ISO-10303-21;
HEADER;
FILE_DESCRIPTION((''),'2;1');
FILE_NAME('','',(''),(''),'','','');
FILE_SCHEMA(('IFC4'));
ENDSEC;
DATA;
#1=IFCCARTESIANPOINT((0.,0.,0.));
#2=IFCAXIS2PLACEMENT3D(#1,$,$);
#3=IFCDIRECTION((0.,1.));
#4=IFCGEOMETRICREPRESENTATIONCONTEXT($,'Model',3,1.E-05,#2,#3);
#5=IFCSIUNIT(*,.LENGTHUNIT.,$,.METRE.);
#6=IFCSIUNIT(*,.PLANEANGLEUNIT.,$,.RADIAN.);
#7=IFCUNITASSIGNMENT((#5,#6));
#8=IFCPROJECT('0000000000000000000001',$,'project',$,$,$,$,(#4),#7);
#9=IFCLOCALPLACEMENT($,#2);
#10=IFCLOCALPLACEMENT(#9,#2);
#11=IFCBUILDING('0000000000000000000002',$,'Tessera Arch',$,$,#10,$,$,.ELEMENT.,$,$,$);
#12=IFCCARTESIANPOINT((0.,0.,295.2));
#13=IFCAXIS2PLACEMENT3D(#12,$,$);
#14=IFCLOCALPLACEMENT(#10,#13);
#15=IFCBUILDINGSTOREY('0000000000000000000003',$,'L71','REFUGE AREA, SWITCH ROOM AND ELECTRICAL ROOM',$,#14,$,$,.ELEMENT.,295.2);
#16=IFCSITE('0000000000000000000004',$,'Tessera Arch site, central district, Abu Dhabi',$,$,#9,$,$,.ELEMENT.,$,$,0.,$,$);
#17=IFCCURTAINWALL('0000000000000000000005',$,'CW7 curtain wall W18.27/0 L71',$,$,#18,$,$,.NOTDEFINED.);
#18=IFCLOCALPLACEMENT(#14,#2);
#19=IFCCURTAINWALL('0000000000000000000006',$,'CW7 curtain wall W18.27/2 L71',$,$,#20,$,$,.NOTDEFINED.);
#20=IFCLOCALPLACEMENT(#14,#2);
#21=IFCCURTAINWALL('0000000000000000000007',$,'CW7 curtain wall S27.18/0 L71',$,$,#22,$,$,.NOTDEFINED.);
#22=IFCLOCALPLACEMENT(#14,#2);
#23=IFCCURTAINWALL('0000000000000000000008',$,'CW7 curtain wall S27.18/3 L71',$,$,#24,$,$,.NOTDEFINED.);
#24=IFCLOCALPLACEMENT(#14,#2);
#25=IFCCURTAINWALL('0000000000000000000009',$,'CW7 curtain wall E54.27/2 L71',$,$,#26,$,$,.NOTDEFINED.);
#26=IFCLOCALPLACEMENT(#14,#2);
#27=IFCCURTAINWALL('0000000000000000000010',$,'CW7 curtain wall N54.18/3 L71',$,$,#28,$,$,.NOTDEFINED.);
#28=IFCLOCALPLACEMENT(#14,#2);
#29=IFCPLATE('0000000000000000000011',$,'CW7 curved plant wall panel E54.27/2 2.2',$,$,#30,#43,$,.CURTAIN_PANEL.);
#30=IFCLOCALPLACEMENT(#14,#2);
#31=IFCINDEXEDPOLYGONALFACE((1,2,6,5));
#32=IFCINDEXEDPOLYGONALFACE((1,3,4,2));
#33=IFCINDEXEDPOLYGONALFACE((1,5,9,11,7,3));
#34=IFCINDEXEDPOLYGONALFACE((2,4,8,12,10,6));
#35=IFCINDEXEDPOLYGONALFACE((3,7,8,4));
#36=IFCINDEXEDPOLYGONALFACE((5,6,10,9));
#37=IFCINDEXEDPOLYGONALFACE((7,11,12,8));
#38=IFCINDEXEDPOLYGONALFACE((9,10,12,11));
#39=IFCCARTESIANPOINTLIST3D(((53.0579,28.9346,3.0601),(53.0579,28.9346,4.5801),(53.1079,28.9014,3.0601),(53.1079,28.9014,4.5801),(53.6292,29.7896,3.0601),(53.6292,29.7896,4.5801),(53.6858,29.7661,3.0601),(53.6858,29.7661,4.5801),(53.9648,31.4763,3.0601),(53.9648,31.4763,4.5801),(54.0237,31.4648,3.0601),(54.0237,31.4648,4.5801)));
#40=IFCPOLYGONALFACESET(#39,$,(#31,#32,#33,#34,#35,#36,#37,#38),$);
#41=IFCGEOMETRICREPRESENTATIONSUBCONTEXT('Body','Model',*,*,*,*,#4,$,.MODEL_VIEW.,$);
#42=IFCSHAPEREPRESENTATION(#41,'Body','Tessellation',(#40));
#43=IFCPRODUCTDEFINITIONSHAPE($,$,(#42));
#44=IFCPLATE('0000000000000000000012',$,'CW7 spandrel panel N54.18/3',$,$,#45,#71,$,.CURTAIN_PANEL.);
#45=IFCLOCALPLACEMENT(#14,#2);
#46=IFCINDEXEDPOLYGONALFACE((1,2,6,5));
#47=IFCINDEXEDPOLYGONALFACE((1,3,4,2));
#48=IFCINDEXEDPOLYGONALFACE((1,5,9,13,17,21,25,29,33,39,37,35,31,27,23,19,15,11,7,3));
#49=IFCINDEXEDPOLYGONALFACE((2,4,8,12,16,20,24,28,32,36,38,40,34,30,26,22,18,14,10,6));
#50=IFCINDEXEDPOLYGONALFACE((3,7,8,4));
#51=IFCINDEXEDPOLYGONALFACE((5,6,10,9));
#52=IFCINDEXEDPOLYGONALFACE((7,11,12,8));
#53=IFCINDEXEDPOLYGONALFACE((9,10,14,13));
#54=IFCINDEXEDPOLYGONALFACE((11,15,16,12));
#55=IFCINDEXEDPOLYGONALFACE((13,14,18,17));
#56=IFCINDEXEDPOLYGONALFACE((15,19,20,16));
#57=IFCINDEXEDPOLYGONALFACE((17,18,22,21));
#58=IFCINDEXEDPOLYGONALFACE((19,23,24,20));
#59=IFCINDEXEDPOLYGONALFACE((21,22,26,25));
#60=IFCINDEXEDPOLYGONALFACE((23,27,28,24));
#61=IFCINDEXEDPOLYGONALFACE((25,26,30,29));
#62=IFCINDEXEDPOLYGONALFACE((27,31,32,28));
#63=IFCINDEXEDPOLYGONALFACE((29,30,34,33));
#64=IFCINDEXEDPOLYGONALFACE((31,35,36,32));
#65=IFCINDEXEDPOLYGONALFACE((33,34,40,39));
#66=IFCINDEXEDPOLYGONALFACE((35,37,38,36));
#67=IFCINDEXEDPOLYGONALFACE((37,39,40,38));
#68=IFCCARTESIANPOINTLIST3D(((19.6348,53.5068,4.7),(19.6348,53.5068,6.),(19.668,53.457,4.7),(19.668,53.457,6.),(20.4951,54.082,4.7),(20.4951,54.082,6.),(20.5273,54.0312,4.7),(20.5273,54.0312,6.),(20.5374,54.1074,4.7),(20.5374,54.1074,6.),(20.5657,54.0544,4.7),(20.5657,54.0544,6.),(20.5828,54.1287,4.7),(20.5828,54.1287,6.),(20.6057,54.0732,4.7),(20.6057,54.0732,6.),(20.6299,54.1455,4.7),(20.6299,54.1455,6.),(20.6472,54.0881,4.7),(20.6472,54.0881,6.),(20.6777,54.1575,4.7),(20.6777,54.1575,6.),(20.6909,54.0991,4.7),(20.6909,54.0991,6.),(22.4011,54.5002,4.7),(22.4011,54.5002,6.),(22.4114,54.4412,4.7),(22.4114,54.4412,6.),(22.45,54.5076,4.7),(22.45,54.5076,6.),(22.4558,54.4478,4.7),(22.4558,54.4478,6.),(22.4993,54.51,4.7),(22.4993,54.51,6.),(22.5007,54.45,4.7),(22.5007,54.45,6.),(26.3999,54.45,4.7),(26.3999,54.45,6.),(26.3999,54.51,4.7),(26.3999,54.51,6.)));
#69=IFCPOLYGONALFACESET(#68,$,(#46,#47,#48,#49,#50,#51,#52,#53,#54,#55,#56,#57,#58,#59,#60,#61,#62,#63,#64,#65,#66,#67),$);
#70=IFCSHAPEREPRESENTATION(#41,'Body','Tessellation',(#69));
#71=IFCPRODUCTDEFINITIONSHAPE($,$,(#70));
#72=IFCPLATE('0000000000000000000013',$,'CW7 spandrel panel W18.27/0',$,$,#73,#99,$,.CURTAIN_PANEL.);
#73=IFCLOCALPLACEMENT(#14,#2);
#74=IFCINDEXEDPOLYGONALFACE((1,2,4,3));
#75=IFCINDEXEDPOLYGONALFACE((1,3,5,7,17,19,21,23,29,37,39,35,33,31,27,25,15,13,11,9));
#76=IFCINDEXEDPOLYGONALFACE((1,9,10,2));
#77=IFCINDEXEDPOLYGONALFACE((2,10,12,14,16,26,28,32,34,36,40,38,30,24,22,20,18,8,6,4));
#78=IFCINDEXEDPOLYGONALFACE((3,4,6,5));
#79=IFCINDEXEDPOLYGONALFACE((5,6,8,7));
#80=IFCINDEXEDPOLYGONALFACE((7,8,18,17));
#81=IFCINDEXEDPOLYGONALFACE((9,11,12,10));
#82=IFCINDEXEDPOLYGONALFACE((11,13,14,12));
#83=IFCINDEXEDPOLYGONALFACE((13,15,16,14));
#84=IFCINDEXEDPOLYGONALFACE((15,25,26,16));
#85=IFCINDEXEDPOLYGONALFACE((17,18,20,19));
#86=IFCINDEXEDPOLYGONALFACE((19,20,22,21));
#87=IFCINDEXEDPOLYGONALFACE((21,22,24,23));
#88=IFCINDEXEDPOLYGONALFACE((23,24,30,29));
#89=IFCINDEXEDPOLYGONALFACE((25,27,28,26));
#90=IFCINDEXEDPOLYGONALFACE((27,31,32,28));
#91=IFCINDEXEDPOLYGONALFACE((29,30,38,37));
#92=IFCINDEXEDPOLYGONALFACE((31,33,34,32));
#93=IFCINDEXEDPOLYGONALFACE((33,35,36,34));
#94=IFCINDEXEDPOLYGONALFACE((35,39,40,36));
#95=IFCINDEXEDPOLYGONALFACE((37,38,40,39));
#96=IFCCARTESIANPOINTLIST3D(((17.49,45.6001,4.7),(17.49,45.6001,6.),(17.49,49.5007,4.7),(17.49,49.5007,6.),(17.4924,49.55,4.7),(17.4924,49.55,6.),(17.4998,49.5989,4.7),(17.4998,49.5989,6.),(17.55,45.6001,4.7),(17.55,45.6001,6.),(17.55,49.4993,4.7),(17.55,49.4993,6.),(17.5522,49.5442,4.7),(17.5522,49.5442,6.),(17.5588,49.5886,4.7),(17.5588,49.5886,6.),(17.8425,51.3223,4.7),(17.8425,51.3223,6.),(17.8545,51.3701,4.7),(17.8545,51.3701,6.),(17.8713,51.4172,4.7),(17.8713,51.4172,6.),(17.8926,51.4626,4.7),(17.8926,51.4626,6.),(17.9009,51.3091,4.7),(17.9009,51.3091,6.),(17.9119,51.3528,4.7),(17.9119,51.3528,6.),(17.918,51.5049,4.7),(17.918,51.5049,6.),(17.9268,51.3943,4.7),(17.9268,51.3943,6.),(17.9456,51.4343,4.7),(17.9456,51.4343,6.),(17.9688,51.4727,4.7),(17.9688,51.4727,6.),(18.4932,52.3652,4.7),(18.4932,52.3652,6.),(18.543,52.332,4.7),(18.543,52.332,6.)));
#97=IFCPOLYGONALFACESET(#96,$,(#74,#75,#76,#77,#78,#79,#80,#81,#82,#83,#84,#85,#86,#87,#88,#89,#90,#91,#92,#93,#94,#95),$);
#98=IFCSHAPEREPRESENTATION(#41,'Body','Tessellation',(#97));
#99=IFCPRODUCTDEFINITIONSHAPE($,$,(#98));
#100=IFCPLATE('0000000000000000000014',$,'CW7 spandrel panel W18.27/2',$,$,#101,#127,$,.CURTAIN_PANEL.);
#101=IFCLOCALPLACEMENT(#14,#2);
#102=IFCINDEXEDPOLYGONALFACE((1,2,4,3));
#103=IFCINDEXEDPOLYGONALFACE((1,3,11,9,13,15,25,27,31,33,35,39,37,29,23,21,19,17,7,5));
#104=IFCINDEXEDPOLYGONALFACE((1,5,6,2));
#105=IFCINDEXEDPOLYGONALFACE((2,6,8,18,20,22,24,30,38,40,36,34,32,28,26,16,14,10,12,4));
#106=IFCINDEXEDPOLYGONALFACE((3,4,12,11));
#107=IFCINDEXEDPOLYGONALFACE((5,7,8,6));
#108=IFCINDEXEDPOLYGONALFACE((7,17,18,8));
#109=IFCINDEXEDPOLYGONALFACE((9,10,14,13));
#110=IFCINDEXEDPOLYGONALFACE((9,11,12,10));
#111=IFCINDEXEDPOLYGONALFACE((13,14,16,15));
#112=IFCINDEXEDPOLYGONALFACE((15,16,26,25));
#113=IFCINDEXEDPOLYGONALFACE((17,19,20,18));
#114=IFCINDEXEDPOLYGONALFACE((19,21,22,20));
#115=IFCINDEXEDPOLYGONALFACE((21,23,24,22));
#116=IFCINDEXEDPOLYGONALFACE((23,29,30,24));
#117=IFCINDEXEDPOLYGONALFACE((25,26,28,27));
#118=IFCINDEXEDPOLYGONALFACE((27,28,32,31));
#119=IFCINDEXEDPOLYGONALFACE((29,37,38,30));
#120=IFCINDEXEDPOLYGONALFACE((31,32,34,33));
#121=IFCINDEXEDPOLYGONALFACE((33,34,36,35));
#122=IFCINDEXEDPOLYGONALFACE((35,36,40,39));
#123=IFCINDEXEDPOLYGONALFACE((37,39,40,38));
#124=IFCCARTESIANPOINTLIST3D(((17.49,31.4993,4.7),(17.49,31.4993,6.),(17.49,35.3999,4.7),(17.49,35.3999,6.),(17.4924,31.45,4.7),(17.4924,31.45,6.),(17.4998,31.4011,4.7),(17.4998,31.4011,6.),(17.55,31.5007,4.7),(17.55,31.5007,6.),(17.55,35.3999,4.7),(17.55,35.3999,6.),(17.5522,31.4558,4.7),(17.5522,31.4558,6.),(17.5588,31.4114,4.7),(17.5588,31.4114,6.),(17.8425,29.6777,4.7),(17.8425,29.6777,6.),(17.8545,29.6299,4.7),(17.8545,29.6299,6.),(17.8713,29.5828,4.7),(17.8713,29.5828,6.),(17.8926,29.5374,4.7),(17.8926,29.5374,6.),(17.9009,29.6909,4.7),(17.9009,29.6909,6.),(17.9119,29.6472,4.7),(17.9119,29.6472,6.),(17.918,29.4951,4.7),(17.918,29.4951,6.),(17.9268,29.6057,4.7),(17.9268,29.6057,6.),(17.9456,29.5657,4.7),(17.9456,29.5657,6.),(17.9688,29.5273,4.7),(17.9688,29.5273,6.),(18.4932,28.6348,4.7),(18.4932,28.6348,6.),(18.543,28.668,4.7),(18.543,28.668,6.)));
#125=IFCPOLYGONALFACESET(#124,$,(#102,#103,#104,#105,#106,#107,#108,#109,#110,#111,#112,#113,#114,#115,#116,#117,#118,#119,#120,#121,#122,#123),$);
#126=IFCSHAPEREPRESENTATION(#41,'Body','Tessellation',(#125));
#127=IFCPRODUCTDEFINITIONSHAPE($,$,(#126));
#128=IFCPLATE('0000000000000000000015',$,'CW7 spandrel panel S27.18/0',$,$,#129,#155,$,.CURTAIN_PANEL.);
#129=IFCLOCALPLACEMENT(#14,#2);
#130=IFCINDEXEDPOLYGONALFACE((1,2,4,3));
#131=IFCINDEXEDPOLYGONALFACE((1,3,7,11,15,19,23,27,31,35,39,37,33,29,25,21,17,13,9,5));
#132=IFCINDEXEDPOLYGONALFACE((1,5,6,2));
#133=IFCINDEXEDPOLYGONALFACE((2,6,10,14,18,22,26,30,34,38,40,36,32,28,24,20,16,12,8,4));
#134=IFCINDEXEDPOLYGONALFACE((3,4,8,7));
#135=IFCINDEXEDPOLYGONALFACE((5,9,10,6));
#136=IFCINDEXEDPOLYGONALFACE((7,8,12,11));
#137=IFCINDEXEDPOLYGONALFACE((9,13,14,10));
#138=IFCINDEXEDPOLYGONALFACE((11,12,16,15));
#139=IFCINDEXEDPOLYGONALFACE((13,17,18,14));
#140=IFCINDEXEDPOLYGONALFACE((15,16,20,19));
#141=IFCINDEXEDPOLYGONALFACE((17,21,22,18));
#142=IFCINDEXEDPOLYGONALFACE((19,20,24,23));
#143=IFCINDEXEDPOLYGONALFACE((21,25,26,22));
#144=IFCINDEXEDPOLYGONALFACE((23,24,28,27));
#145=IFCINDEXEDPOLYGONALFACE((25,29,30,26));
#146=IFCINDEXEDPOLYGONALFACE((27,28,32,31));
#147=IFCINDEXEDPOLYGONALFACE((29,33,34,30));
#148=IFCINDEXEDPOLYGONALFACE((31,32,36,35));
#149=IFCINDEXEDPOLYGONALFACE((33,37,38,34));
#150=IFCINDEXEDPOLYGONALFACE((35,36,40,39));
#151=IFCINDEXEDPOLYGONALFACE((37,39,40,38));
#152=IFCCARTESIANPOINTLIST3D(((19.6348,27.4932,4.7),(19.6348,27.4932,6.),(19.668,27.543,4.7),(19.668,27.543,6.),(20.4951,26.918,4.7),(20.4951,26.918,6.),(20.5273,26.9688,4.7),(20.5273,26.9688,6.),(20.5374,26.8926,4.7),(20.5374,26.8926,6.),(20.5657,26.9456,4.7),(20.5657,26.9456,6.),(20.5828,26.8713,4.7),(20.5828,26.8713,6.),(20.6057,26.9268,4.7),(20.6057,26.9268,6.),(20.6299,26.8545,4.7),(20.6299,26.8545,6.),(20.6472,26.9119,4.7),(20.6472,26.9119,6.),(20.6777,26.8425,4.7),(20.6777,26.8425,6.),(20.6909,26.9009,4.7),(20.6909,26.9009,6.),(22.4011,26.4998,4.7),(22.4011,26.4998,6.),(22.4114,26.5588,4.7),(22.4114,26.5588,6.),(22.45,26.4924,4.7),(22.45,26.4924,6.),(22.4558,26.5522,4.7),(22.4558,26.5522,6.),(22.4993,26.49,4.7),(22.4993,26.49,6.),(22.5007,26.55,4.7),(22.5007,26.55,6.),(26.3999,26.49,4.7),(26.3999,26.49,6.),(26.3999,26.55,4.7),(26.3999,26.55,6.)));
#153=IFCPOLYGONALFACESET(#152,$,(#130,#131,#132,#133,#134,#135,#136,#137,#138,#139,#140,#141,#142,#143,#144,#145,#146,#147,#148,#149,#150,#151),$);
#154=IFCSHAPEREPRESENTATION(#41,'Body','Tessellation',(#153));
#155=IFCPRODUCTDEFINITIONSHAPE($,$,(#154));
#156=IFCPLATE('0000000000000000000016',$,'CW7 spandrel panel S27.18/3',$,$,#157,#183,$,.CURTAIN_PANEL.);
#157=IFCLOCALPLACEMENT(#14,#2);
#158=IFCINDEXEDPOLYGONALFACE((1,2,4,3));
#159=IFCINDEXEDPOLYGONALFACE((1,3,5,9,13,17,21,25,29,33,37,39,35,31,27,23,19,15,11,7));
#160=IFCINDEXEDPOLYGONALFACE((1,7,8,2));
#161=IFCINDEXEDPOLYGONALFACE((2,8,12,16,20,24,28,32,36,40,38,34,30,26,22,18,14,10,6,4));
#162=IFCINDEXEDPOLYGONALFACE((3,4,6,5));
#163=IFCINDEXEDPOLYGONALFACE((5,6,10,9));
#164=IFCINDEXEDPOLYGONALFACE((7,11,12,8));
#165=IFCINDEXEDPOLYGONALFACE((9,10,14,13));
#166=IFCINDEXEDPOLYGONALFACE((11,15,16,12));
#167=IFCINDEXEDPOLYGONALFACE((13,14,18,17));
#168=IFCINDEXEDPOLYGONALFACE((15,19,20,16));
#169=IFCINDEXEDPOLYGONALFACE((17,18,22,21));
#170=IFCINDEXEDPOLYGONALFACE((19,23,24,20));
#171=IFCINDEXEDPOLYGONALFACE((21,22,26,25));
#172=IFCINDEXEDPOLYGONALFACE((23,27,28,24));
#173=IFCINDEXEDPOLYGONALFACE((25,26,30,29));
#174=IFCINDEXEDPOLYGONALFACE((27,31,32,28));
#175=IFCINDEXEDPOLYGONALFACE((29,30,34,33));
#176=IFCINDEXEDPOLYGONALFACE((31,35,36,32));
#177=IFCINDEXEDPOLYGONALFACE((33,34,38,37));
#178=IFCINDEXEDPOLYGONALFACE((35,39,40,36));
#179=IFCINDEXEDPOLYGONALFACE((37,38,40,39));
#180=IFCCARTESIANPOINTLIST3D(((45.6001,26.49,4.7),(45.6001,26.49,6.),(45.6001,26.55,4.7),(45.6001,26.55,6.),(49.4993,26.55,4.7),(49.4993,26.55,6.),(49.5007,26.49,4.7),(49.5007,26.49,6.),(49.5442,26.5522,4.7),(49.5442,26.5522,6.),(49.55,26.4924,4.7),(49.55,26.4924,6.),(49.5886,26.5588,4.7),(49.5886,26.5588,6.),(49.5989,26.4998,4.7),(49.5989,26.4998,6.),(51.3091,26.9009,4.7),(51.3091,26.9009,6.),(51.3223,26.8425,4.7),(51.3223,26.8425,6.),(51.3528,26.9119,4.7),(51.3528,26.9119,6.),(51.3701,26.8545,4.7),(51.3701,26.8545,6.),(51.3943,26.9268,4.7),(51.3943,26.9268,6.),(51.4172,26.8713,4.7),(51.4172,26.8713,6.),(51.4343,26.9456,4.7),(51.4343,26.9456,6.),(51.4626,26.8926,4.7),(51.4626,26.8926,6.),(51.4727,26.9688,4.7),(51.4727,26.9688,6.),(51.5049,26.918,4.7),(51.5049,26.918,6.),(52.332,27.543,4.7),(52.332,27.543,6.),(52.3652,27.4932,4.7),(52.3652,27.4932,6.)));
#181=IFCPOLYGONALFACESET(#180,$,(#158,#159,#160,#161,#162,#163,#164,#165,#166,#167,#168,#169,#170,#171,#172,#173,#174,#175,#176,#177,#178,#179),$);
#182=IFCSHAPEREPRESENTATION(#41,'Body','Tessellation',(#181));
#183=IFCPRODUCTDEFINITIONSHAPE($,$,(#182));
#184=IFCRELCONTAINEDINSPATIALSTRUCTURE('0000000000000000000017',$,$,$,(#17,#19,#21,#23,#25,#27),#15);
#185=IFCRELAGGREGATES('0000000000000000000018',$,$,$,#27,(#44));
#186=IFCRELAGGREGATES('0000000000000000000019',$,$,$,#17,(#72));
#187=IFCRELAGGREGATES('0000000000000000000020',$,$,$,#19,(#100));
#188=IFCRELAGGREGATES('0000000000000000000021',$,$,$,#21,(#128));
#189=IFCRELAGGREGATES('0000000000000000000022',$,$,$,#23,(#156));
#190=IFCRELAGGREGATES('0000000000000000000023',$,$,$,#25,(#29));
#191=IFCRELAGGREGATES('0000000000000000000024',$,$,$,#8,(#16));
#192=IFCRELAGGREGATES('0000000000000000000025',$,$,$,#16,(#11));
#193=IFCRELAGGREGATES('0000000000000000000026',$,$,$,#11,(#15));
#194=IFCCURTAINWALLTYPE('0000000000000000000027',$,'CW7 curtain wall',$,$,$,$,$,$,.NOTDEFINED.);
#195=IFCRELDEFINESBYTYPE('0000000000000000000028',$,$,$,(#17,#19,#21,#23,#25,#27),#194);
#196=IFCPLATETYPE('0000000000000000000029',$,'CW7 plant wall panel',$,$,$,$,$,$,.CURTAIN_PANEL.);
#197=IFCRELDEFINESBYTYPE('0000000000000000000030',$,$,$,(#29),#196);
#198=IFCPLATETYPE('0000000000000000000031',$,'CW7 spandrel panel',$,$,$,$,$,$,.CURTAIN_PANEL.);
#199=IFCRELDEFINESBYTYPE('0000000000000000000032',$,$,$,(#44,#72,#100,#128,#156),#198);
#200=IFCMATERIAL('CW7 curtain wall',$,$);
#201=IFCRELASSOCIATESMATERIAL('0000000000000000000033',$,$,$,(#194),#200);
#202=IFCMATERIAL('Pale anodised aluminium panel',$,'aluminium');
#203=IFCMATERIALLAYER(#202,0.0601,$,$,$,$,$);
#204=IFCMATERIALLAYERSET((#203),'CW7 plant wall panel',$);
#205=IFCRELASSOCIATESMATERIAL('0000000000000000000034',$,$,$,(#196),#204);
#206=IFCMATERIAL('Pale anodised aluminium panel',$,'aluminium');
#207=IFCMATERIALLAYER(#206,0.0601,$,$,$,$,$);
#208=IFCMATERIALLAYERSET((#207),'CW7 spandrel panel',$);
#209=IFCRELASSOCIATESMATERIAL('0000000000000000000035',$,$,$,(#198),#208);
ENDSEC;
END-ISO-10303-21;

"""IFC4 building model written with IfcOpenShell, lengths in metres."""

from ifc_helpers import new_model, si_unit, direction, frame, origin, place, context, subcontext, project, spatial, polyline, outline, extrude, material, layer, layer_set, type_object, element, aggregate, save


model = new_model("IFC4")

# Units and contexts
model_context = context("Model", 3, precision=1e-05, world=origin(), true_north=direction((0.0, 1.0)))
body_context = subcontext(model_context, "Body", "Model", "MODEL_VIEW")
ifc_project = project(units=[si_unit("LENGTHUNIT", "METRE"), si_unit("PLANEANGLEUNIT", "RADIAN")], contexts=[model_context])

# Site, building, storey
site_placement = place(None, origin())
site = spatial("IfcSite", under=ifc_project, at=site_placement, Name="Tessera Arch site, central district, Abu Dhabi", CompositionType="ELEMENT", RefElevation=0.0)
building_placement = place(site_placement, origin())
building = spatial("IfcBuilding", under=site, at=building_placement, Name="Tessera Arch", CompositionType="ELEMENT")
storey_placement = place(building_placement, frame((0.0, 0.0, 295.2)))
storey = spatial("IfcBuildingStorey", under=building, at=storey_placement, Name="L71", Description="REFUGE AREA, SWITCH ROOM AND ELECTRICAL ROOM", CompositionType="ELEMENT", Elevation=295.2)

# Curtain walls
ifc_material_1 = material(Name="CW7 curtain wall")
curtain_wall_type = type_object("IfcCurtainWallType", Name="CW7 curtain wall", PredefinedType="NOTDEFINED", material=ifc_material_1)
curtain_wall_1_placement = place(storey_placement, origin())
curtain_wall_1 = element("IfcCurtainWall", 1, at=curtain_wall_1_placement, inside=storey, type_object=curtain_wall_type, Name="CW7 curtain wall W18.27/0 L71", PredefinedType="NOTDEFINED")
curtain_wall_2_placement = place(storey_placement, origin())
curtain_wall_2 = element("IfcCurtainWall", 2, at=curtain_wall_2_placement, inside=storey, type_object=curtain_wall_type, Name="CW7 curtain wall W18.27/2 L71", PredefinedType="NOTDEFINED")
curtain_wall_3_placement = place(storey_placement, origin())
curtain_wall_3 = element("IfcCurtainWall", 3, at=curtain_wall_3_placement, inside=storey, type_object=curtain_wall_type, Name="CW7 curtain wall S27.18/0 L71", PredefinedType="NOTDEFINED")
curtain_wall_4_placement = place(storey_placement, origin())
curtain_wall_4 = element("IfcCurtainWall", 4, at=curtain_wall_4_placement, inside=storey, type_object=curtain_wall_type, Name="CW7 curtain wall S27.18/3 L71", PredefinedType="NOTDEFINED")
curtain_wall_5_placement = place(storey_placement, origin())
curtain_wall_5 = element("IfcCurtainWall", 5, at=curtain_wall_5_placement, inside=storey, type_object=curtain_wall_type, Name="CW7 curtain wall E54.27/2 L71", PredefinedType="NOTDEFINED")

# Curtain wall
curtain_wall_6_placement = place(storey_placement, origin())
curtain_wall_6 = element("IfcCurtainWall", 6, at=curtain_wall_6_placement, inside=storey, type_object=curtain_wall_type, Name="CW7 curtain wall N54.18/3 L71", PredefinedType="NOTDEFINED")
ifc_material_2 = material(Name="Pale anodised aluminium panel", Category="aluminium")
ifc_layer_1 = layer(ifc_material_2, 0.0601)
ifc_layer_set_1 = layer_set([ifc_layer_1], Name="CW7 plant wall panel")
plate_type_1 = type_object("IfcPlateType", Name="CW7 plant wall panel", PredefinedType="CURTAIN_PANEL", material=ifc_layer_set_1)

# Plates
plate_1_placement = place(storey_placement, frame((0.0, 0.0, 3.0601)))
plate_1 = element("IfcPlate", 7, at=plate_1_placement, type_object=plate_type_1, Name="CW7 curved plant wall panel E54.27/2 2.2", PredefinedType="CURTAIN_PANEL", context=body_context, shape_type="SweptSolid", body=[
    extrude(outline(polyline([(53.6292, 29.7896), (53.0579, 28.9346), (53.1079, 28.9014), (53.6858, 29.7661), (54.0237, 31.4648), (53.9648, 31.4763), (53.6292, 29.7896)])), origin(), (0.0, 0.0, 1.0), 1.52),
])
ifc_material_3 = material(Name="Pale anodised aluminium panel", Category="aluminium")
ifc_layer_2 = layer(ifc_material_3, 0.0601)
ifc_layer_set_2 = layer_set([ifc_layer_2], Name="CW7 spandrel panel")
plate_type_2 = type_object("IfcPlateType", Name="CW7 spandrel panel", PredefinedType="CURTAIN_PANEL", material=ifc_layer_set_2)
plate_2_placement = place(storey_placement, frame((0.0, 0.0, 4.7)))
plate_2 = element("IfcPlate", 8, at=plate_2_placement, type_object=plate_type_2, Name="CW7 spandrel panel N54.18/3", PredefinedType="CURTAIN_PANEL", context=body_context, shape_type="SweptSolid", body=[
    extrude(outline(polyline([(22.5007, 54.45), (26.3999, 54.45), (26.3999, 54.51), (22.4993, 54.51), (22.45, 54.5076), (22.4011, 54.5002), (20.6777, 54.1575), (20.6299, 54.1455), (20.5828, 54.1287), (20.5374, 54.1074), (20.4951, 54.082), (19.6348, 53.5068), (19.668, 53.457), (20.5273, 54.0312), (20.5657, 54.0544), (20.6057, 54.0732), (20.6472, 54.0881), (20.6909, 54.0991), (22.4114, 54.4412), (22.4558, 54.4478), (22.5007, 54.45)])), origin(), (0.0, 0.0, 1.0), 1.3),
])
aggregate(curtain_wall_6, [plate_2])
plate_3_placement = place(storey_placement, frame((0.0, 0.0, 4.7)))
plate_3 = element("IfcPlate", 9, at=plate_3_placement, type_object=plate_type_2, Name="CW7 spandrel panel W18.27/0", PredefinedType="CURTAIN_PANEL", context=body_context, shape_type="SweptSolid", body=[
    extrude(outline(polyline([(17.9688, 51.4727), (18.543, 52.332), (18.4932, 52.3652), (17.918, 51.5049), (17.8926, 51.4626), (17.8713, 51.4172), (17.8545, 51.3701), (17.8425, 51.3223), (17.4998, 49.5989), (17.4924, 49.55), (17.49, 49.5007), (17.49, 45.6001), (17.55, 45.6001), (17.55, 49.4993), (17.5522, 49.5442), (17.5588, 49.5886), (17.9009, 51.3091), (17.9119, 51.3528), (17.9268, 51.3943), (17.9456, 51.4343), (17.9688, 51.4727)])), origin(), (0.0, 0.0, 1.0), 1.3),
])
aggregate(curtain_wall_1, [plate_3])
plate_4_placement = place(storey_placement, frame((0.0, 0.0, 4.7)))
plate_4 = element("IfcPlate", 10, at=plate_4_placement, type_object=plate_type_2, Name="CW7 spandrel panel W18.27/2", PredefinedType="CURTAIN_PANEL", context=body_context, shape_type="SweptSolid", body=[
    extrude(outline(polyline([(17.55, 31.5007), (17.55, 35.3999), (17.49, 35.3999), (17.49, 31.4993), (17.4924, 31.45), (17.4998, 31.4011), (17.8425, 29.6777), (17.8545, 29.6299), (17.8713, 29.5828), (17.8926, 29.5374), (17.918, 29.4951), (18.4932, 28.6348), (18.543, 28.668), (17.9688, 29.5273), (17.9456, 29.5657), (17.9268, 29.6057), (17.9119, 29.6472), (17.9009, 29.6909), (17.5588, 31.4114), (17.5522, 31.4558), (17.55, 31.5007)])), origin(), (0.0, 0.0, 1.0), 1.3),
])
aggregate(curtain_wall_2, [plate_4])
plate_5_placement = place(storey_placement, frame((0.0, 0.0, 4.7)))
plate_5 = element("IfcPlate", 11, at=plate_5_placement, type_object=plate_type_2, Name="CW7 spandrel panel S27.18/0", PredefinedType="CURTAIN_PANEL", context=body_context, shape_type="SweptSolid", body=[
    extrude(outline(polyline([(20.5273, 26.9688), (19.668, 27.543), (19.6348, 27.4932), (20.4951, 26.918), (20.5374, 26.8926), (20.5828, 26.8713), (20.6299, 26.8545), (20.6777, 26.8425), (22.4011, 26.4998), (22.45, 26.4924), (22.4993, 26.49), (26.3999, 26.49), (26.3999, 26.55), (22.5007, 26.55), (22.4558, 26.5522), (22.4114, 26.5588), (20.6909, 26.9009), (20.6472, 26.9119), (20.6057, 26.9268), (20.5657, 26.9456), (20.5273, 26.9688)])), origin(), (0.0, 0.0, 1.0), 1.3),
])
aggregate(curtain_wall_3, [plate_5])
plate_6_placement = place(storey_placement, frame((0.0, 0.0, 4.7)))
plate_6 = element("IfcPlate", 12, at=plate_6_placement, type_object=plate_type_2, Name="CW7 spandrel panel S27.18/3", PredefinedType="CURTAIN_PANEL", context=body_context, shape_type="SweptSolid", body=[
    extrude(outline(polyline([(49.4993, 26.55), (45.6001, 26.55), (45.6001, 26.49), (49.5007, 26.49), (49.55, 26.4924), (49.5989, 26.4998), (51.3223, 26.8425), (51.3701, 26.8545), (51.4172, 26.8713), (51.4626, 26.8926), (51.5049, 26.918), (52.3652, 27.4932), (52.332, 27.543), (51.4727, 26.9688), (51.4343, 26.9456), (51.3943, 26.9268), (51.3528, 26.9119), (51.3091, 26.9009), (49.5886, 26.5588), (49.5442, 26.5522), (49.4993, 26.55)])), origin(), (0.0, 0.0, 1.0), 1.3),
])
aggregate(curtain_wall_4, [plate_6])
aggregate(curtain_wall_5, [plate_1])

save(model, "model.ifc")
